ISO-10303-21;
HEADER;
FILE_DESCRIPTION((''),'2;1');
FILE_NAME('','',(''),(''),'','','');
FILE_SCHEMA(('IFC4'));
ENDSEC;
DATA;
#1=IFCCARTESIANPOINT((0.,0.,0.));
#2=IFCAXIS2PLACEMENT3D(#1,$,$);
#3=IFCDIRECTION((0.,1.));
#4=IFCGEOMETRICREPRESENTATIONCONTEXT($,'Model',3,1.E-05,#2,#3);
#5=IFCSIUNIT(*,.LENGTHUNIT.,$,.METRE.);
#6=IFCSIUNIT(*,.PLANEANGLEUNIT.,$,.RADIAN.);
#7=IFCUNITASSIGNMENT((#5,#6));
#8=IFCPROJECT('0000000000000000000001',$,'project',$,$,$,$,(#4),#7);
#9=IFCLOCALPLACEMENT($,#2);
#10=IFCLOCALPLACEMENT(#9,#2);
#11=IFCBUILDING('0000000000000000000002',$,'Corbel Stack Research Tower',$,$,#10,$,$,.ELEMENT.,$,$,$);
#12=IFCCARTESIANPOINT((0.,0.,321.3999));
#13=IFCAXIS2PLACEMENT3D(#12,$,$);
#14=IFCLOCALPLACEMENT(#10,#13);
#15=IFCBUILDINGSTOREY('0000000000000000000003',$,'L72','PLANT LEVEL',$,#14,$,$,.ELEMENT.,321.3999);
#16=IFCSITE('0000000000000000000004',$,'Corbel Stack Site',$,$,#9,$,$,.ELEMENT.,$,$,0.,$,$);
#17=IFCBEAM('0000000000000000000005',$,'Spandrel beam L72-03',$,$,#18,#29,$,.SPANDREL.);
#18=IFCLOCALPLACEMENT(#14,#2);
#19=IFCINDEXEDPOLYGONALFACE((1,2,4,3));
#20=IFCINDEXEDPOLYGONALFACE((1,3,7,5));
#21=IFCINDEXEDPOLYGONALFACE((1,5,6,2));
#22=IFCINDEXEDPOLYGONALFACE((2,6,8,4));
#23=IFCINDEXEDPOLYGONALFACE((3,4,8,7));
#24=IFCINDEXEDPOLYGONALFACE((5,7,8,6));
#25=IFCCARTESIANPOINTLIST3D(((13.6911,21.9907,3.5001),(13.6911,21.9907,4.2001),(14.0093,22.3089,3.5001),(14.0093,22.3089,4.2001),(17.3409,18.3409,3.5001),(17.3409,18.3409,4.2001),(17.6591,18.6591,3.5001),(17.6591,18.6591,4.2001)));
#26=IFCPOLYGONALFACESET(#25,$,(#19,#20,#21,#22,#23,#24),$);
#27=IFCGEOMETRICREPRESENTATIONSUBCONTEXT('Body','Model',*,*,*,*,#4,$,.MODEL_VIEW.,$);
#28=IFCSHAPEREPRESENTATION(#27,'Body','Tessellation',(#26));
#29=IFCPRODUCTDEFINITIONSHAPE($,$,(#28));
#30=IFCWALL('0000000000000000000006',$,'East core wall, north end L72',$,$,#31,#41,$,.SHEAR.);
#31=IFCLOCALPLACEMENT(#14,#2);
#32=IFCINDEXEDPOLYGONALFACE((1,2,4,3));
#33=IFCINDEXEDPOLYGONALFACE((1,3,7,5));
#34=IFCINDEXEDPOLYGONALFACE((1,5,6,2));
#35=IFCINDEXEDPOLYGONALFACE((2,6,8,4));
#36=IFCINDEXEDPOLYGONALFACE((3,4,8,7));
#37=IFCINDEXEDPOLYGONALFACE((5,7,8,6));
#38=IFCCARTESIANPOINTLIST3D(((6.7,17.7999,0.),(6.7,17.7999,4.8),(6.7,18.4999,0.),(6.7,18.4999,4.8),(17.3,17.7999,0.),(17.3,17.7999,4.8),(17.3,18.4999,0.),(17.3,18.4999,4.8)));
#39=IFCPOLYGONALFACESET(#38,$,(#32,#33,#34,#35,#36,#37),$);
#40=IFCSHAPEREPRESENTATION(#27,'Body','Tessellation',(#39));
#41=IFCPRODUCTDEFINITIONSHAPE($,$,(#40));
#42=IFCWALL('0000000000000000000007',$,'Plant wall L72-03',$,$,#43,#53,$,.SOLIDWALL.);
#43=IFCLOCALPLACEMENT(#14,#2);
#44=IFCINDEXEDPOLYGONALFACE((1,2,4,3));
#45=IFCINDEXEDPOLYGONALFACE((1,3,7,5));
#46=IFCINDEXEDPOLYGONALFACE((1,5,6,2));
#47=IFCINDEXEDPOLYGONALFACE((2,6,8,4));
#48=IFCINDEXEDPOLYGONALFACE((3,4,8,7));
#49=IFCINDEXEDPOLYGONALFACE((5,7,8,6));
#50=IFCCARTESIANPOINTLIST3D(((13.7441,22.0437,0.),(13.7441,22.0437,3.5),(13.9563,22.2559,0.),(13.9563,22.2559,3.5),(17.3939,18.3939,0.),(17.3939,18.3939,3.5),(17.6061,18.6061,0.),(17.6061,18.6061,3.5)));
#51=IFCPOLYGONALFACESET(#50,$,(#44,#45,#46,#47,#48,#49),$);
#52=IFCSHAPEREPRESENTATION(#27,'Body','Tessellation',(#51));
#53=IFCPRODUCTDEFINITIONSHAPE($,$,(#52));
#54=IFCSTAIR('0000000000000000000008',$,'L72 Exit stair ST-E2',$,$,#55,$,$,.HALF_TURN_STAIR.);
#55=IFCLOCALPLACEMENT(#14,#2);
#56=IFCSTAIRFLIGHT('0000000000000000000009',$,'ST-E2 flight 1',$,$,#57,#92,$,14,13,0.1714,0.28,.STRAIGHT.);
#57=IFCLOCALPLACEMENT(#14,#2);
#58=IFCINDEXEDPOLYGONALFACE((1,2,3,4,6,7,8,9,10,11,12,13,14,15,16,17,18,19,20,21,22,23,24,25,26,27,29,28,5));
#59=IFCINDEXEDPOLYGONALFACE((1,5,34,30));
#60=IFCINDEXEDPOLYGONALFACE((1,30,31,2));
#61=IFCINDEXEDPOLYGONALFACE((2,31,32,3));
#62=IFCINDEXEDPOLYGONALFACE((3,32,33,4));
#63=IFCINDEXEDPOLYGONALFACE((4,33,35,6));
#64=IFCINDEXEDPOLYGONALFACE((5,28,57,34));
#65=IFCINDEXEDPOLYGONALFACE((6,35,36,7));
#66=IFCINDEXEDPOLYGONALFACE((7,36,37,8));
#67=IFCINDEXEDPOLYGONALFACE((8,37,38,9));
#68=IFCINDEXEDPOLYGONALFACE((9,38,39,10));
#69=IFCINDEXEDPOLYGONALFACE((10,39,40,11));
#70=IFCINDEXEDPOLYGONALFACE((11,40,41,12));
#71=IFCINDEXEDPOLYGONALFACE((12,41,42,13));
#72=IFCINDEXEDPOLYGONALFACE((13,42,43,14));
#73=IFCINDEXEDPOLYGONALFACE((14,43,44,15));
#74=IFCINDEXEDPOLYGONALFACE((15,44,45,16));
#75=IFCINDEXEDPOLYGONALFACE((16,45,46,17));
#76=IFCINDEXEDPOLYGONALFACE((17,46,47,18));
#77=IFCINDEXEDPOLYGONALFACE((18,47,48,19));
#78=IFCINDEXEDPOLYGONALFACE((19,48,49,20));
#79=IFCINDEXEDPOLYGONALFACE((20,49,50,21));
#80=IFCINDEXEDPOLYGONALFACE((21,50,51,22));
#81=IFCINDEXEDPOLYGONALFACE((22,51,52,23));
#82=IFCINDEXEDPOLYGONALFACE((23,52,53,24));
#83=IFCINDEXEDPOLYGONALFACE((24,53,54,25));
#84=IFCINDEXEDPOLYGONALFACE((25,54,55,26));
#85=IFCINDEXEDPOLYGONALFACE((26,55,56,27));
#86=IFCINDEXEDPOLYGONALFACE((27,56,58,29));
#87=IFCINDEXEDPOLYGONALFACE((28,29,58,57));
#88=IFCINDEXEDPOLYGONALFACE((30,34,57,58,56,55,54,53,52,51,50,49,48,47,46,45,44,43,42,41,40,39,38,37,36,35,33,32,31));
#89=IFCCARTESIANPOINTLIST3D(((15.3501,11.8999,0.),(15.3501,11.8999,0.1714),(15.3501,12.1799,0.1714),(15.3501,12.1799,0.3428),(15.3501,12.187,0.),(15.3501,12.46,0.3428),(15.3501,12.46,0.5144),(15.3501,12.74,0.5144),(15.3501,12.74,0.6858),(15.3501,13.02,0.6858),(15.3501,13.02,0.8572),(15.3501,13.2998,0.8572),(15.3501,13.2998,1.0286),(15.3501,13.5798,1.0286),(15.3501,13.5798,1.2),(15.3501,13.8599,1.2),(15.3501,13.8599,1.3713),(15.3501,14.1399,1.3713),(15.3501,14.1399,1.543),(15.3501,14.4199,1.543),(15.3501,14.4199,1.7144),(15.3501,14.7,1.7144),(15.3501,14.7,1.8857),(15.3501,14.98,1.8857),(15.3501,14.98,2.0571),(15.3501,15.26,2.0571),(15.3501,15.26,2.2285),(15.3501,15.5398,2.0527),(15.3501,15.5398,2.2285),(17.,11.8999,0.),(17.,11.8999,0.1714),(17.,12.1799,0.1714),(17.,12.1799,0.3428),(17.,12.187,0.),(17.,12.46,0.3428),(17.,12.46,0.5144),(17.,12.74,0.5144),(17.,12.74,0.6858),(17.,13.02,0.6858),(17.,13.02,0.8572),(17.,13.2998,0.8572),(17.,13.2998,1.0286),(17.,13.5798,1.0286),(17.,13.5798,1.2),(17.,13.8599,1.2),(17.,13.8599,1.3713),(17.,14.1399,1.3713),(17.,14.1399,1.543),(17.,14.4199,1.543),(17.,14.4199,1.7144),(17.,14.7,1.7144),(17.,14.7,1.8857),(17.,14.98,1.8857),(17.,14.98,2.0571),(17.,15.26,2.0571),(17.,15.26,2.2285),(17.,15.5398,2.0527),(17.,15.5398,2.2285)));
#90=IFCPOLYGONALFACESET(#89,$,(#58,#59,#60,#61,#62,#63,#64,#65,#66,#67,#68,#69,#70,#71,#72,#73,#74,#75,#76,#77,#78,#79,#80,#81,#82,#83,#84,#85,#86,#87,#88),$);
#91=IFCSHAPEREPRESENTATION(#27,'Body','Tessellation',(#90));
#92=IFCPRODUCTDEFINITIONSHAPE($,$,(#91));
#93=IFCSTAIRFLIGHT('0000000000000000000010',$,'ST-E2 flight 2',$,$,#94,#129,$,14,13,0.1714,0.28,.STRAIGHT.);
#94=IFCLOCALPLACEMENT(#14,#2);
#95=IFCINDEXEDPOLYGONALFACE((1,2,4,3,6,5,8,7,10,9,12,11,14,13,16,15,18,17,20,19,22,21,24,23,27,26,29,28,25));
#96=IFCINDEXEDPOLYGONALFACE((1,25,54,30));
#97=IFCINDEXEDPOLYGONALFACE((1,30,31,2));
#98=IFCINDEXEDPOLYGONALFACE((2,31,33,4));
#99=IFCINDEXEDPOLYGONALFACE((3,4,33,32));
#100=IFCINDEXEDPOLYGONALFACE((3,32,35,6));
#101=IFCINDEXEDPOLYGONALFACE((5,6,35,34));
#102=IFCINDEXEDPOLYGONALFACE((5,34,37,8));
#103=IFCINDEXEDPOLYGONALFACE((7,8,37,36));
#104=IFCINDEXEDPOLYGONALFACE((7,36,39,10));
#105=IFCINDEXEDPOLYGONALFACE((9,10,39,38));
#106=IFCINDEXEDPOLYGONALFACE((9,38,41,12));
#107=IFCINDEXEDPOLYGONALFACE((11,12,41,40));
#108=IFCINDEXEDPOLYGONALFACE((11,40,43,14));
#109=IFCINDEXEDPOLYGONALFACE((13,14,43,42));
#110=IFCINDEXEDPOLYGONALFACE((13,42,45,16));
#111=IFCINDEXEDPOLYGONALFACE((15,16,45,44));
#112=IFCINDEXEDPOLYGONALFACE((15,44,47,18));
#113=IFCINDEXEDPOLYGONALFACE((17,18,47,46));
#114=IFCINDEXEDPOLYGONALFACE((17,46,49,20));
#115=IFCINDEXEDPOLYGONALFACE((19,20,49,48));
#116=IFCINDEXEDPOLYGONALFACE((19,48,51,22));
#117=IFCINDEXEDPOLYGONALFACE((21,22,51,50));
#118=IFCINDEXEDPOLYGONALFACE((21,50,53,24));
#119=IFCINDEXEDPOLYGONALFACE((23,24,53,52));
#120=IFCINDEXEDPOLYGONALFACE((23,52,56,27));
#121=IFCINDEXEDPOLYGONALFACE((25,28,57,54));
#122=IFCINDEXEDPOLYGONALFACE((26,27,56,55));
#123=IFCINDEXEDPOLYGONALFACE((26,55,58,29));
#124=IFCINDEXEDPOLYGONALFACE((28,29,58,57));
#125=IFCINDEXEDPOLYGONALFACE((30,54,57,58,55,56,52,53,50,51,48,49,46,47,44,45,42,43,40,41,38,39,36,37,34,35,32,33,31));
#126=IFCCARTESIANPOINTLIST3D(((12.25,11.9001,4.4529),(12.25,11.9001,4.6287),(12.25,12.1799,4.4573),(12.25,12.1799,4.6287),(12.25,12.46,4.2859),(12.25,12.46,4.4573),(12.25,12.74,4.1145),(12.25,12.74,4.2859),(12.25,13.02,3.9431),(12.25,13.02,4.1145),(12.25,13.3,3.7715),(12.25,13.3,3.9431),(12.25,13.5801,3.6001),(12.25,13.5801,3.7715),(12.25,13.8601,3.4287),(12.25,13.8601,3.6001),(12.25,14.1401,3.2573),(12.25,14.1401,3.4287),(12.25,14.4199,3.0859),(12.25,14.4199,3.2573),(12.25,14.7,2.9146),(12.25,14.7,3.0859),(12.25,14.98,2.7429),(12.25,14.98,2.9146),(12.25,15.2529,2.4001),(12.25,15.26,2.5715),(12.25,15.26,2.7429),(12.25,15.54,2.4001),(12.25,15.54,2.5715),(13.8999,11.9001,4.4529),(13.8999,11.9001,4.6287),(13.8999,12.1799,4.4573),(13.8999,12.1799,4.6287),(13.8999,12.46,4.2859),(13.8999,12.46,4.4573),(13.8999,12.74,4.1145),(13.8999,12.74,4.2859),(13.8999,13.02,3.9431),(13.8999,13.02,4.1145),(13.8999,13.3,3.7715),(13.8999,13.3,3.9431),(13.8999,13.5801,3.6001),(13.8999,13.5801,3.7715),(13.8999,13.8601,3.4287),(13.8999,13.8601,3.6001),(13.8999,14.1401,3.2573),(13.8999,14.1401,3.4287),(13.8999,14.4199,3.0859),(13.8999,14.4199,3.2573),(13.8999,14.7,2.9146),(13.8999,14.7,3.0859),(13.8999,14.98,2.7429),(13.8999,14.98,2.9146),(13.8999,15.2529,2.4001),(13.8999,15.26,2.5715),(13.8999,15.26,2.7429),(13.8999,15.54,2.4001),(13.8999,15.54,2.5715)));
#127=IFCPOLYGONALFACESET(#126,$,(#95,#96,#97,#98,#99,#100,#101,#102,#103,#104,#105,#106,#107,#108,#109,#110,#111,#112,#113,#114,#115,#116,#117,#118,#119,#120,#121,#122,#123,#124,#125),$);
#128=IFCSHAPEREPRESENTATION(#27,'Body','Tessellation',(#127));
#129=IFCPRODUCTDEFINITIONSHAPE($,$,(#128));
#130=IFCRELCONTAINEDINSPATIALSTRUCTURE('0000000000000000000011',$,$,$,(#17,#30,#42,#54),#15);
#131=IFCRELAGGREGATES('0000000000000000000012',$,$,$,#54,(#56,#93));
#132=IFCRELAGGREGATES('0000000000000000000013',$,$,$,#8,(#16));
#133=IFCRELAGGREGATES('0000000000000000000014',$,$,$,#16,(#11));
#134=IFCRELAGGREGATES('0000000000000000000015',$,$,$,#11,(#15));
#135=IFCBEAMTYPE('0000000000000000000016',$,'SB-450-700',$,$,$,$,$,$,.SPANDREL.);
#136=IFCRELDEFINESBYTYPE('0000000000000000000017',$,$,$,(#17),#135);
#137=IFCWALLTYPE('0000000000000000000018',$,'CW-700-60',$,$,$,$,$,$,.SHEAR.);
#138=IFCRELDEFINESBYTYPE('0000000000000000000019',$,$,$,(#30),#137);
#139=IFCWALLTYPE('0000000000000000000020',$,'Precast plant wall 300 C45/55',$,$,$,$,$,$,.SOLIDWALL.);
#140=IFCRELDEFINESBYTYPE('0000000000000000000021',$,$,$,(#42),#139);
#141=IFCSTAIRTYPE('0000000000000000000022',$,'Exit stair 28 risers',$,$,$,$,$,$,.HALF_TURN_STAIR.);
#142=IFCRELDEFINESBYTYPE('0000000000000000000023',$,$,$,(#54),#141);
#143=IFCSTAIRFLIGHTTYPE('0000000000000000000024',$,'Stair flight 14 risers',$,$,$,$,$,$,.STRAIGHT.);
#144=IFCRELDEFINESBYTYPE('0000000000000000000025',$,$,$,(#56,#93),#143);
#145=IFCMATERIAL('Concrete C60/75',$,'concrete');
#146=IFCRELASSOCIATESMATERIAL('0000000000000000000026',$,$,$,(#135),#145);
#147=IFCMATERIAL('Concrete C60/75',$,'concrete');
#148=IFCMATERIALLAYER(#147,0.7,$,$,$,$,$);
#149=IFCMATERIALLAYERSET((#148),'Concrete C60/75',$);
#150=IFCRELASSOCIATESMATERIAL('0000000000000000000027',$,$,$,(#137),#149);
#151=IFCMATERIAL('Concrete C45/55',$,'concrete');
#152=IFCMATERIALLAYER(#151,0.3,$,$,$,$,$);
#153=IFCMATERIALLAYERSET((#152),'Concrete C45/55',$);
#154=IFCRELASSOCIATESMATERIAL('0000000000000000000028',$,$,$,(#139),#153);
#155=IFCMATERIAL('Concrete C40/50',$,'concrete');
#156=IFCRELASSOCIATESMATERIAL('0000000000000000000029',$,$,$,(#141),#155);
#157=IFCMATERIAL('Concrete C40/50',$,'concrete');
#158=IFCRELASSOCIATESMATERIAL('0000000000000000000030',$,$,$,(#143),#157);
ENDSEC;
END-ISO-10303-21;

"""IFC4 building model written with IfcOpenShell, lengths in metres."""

from ifc_helpers import new_model, si_unit, direction, frame, frame_2d, origin, origin_2d, place, context, subcontext, project, spatial, polyline, rectangle, outline, extrude, material, layer, layer_set, material_profile, profile_set, type_object, element, aggregate, save


model = new_model("IFC4")

# Units and contexts
model_context = context("Model", 3, precision=1e-05, world=origin(), true_north=direction((0.0, 1.0)))
body_context = subcontext(model_context, "Body", "Model", "MODEL_VIEW")
ifc_project = project(units=[si_unit("LENGTHUNIT", "METRE"), si_unit("PLANEANGLEUNIT", "RADIAN")], contexts=[model_context])

# Site, building, storey
site_placement = place(None, origin())
site = spatial("IfcSite", under=ifc_project, at=site_placement, Name="Corbel Stack Site", CompositionType="ELEMENT", RefElevation=0.0)
building_placement = place(site_placement, origin())
building = spatial("IfcBuilding", under=site, at=building_placement, Name="Corbel Stack Research Tower", CompositionType="ELEMENT")
storey_placement = place(building_placement, frame((0.0, 0.0, 321.3999)))
storey = spatial("IfcBuildingStorey", under=building, at=storey_placement, Name="L72", Description="PLANT LEVEL", CompositionType="ELEMENT", Elevation=321.3999)

# Beam
ifc_material_1 = material(Name="Concrete C60/75", Category="concrete")
ifc_material_profile = material_profile(ifc_material_1, rectangle(XDim=0.45, YDim=0.7, at=origin_2d()), Name="RC 450 x 700")
ifc_profile_set = profile_set([ifc_material_profile], Name="Concrete C60/75")
beam_type = type_object("IfcBeamType", Name="SB-450-700", PredefinedType="SPANDREL", material=ifc_profile_set)
beam_placement = place(storey_placement, frame((17.5, 18.5, 3.8501), z_axis=(-0.707107, 0.707107, 0.0), x_axis=(-0.707107, -0.707107, 0.0)))
element("IfcBeam", 1, at=beam_placement, inside=storey, type_object=beam_type, Name="Spandrel beam L72-03", PredefinedType="SPANDREL", context=body_context, shape_type="SweptSolid", body=[
    extrude(rectangle(XDim=0.45, YDim=0.7, at=origin_2d()), origin(), (0.0, 0.0, 1.0), 5.1616),
])

# Walls
ifc_material_2 = material(Name="Concrete C60/75", Category="concrete")
ifc_layer_1 = layer(ifc_material_2, 0.7)
ifc_layer_set_1 = layer_set([ifc_layer_1], Name="Concrete C60/75")
wall_type_1 = type_object("IfcWallType", Name="CW-700-60", PredefinedType="SHEAR", material=ifc_layer_set_1)
wall_1_placement = place(storey_placement, frame((6.7, 18.1499, 0.0), z_axis=(0.0, 0.0, 1.0), x_axis=(1.0, 0.0, 0.0)))
element("IfcWall", 2, at=wall_1_placement, inside=storey, type_object=wall_type_1, Name="East core wall, north end L72", PredefinedType="SHEAR", context=body_context, shape_type="SweptSolid", body=[
    extrude(rectangle(XDim=10.6001, YDim=0.7, at=frame_2d((5.3, 0.0))), origin(), (0.0, 0.0, 1.0), 4.8),
])
ifc_material_3 = material(Name="Concrete C45/55", Category="concrete")
ifc_layer_2 = layer(ifc_material_3, 0.3)
ifc_layer_set_2 = layer_set([ifc_layer_2], Name="Concrete C45/55")
wall_type_2 = type_object("IfcWallType", Name="Precast plant wall 300 C45/55", PredefinedType="SOLIDWALL", material=ifc_layer_set_2)
wall_2_placement = place(storey_placement, frame((17.5, 18.5, 0.0), z_axis=(0.0, 0.0, 1.0), x_axis=(-0.707107, 0.707107, 0.0)))
element("IfcWall", 3, at=wall_2_placement, inside=storey, type_object=wall_type_2, Name="Plant wall L72-03", PredefinedType="SOLIDWALL", context=body_context, shape_type="SweptSolid", body=[
    extrude(rectangle(XDim=5.1616, YDim=0.3, at=frame_2d((2.5808, 0.0))), origin(), (0.0, 0.0, 1.0), 3.5),
])

# Stair, stair flights
ifc_material_4 = material(Name="Concrete C40/50", Category="concrete")
stair_type = type_object("IfcStairType", Name="Exit stair 28 risers", PredefinedType="HALF_TURN_STAIR", material=ifc_material_4)
stair_placement = place(storey_placement, origin())
stair = element("IfcStair", 4, at=stair_placement, inside=storey, type_object=stair_type, Name="L72 Exit stair ST-E2", PredefinedType="HALF_TURN_STAIR")
ifc_material_5 = material(Name="Concrete C40/50", Category="concrete")
stair_flight_type = type_object("IfcStairFlightType", Name="Stair flight 14 risers", PredefinedType="STRAIGHT", material=ifc_material_5)
stair_flight_1_placement = place(storey_placement, frame((16.175, 11.8999, 0.0), z_axis=(0.0, 0.0, 1.0), x_axis=(0.0, 1.0, 0.0)))
stair_flight_1 = element("IfcStairFlight", 5, at=stair_flight_1_placement, type_object=stair_flight_type, Name="ST-E2 flight 1", NumberOfRisers=14, NumberOfTreads=13, PredefinedType="STRAIGHT", RiserHeight=0.1714, TreadLength=0.28, context=body_context, shape_type="SweptSolid", body=[
    extrude(outline(polyline([(0.0, 0.0), (0.0, 0.1714), (0.28, 0.1714), (0.28, 0.3428), (0.5601, 0.3428), (0.5601, 0.5144), (0.8401, 0.5144), (0.8401, 0.6858), (1.1201, 0.6858), (1.1201, 0.8572), (1.3999, 0.8572), (1.3999, 1.0286), (1.6799, 1.0286), (1.6799, 1.2), (1.96, 1.2), (1.96, 1.3713), (2.24, 1.3713), (2.24, 1.543), (2.52, 1.543), (2.52, 1.7144), (2.8, 1.7144), (2.8, 1.8857), (3.0801, 1.8857), (3.0801, 2.0571), (3.3601, 2.0571), (3.3601, 2.2285), (3.6399, 2.2285), (3.6399, 2.3999), (3.6399, 2.0527), (0.2871, 0.0), (0.0, 0.0)])), frame((0.0, 0.825, 0.0), z_axis=(0.0, -1.0, 0.0), x_axis=(1.0, 0.0, 0.0)), (0.0, 0.0, 1.0), 1.6499),
])
stair_flight_2_placement = place(storey_placement, frame((13.075, 15.54, 2.4001), z_axis=(0.0, 0.0, 1.0), x_axis=(0.0, -1.0, 0.0)))
stair_flight_2 = element("IfcStairFlight", 6, at=stair_flight_2_placement, type_object=stair_flight_type, Name="ST-E2 flight 2", NumberOfRisers=14, NumberOfTreads=13, PredefinedType="STRAIGHT", RiserHeight=0.1714, TreadLength=0.28, context=body_context, shape_type="SweptSolid", body=[
    extrude(outline(polyline([(0.0, 0.0), (0.0, 0.1714), (0.28, 0.1714), (0.28, 0.3428), (0.5601, 0.3428), (0.5601, 0.5144), (0.8401, 0.5144), (0.8401, 0.6858), (1.1201, 0.6858), (1.1201, 0.8572), (1.3999, 0.8572), (1.3999, 1.0286), (1.6799, 1.0286), (1.6799, 1.2), (1.96, 1.2), (1.96, 1.3713), (2.24, 1.3713), (2.24, 1.543), (2.52, 1.543), (2.52, 1.7144), (2.8, 1.7144), (2.8, 1.8857), (3.0801, 1.8857), (3.0801, 2.0571), (3.3601, 2.0571), (3.3601, 2.2285), (3.6399, 2.2285), (3.6399, 2.3999), (3.6399, 2.0527), (0.2871, 0.0), (0.0, 0.0)])), frame((0.0, 0.825, 0.0), z_axis=(0.0, -1.0, 0.0), x_axis=(1.0, 0.0, 0.0)), (0.0, 0.0, 1.0), 1.6499),
])
aggregate(stair, [stair_flight_1, stair_flight_2])

save(model, "model.ifc")
